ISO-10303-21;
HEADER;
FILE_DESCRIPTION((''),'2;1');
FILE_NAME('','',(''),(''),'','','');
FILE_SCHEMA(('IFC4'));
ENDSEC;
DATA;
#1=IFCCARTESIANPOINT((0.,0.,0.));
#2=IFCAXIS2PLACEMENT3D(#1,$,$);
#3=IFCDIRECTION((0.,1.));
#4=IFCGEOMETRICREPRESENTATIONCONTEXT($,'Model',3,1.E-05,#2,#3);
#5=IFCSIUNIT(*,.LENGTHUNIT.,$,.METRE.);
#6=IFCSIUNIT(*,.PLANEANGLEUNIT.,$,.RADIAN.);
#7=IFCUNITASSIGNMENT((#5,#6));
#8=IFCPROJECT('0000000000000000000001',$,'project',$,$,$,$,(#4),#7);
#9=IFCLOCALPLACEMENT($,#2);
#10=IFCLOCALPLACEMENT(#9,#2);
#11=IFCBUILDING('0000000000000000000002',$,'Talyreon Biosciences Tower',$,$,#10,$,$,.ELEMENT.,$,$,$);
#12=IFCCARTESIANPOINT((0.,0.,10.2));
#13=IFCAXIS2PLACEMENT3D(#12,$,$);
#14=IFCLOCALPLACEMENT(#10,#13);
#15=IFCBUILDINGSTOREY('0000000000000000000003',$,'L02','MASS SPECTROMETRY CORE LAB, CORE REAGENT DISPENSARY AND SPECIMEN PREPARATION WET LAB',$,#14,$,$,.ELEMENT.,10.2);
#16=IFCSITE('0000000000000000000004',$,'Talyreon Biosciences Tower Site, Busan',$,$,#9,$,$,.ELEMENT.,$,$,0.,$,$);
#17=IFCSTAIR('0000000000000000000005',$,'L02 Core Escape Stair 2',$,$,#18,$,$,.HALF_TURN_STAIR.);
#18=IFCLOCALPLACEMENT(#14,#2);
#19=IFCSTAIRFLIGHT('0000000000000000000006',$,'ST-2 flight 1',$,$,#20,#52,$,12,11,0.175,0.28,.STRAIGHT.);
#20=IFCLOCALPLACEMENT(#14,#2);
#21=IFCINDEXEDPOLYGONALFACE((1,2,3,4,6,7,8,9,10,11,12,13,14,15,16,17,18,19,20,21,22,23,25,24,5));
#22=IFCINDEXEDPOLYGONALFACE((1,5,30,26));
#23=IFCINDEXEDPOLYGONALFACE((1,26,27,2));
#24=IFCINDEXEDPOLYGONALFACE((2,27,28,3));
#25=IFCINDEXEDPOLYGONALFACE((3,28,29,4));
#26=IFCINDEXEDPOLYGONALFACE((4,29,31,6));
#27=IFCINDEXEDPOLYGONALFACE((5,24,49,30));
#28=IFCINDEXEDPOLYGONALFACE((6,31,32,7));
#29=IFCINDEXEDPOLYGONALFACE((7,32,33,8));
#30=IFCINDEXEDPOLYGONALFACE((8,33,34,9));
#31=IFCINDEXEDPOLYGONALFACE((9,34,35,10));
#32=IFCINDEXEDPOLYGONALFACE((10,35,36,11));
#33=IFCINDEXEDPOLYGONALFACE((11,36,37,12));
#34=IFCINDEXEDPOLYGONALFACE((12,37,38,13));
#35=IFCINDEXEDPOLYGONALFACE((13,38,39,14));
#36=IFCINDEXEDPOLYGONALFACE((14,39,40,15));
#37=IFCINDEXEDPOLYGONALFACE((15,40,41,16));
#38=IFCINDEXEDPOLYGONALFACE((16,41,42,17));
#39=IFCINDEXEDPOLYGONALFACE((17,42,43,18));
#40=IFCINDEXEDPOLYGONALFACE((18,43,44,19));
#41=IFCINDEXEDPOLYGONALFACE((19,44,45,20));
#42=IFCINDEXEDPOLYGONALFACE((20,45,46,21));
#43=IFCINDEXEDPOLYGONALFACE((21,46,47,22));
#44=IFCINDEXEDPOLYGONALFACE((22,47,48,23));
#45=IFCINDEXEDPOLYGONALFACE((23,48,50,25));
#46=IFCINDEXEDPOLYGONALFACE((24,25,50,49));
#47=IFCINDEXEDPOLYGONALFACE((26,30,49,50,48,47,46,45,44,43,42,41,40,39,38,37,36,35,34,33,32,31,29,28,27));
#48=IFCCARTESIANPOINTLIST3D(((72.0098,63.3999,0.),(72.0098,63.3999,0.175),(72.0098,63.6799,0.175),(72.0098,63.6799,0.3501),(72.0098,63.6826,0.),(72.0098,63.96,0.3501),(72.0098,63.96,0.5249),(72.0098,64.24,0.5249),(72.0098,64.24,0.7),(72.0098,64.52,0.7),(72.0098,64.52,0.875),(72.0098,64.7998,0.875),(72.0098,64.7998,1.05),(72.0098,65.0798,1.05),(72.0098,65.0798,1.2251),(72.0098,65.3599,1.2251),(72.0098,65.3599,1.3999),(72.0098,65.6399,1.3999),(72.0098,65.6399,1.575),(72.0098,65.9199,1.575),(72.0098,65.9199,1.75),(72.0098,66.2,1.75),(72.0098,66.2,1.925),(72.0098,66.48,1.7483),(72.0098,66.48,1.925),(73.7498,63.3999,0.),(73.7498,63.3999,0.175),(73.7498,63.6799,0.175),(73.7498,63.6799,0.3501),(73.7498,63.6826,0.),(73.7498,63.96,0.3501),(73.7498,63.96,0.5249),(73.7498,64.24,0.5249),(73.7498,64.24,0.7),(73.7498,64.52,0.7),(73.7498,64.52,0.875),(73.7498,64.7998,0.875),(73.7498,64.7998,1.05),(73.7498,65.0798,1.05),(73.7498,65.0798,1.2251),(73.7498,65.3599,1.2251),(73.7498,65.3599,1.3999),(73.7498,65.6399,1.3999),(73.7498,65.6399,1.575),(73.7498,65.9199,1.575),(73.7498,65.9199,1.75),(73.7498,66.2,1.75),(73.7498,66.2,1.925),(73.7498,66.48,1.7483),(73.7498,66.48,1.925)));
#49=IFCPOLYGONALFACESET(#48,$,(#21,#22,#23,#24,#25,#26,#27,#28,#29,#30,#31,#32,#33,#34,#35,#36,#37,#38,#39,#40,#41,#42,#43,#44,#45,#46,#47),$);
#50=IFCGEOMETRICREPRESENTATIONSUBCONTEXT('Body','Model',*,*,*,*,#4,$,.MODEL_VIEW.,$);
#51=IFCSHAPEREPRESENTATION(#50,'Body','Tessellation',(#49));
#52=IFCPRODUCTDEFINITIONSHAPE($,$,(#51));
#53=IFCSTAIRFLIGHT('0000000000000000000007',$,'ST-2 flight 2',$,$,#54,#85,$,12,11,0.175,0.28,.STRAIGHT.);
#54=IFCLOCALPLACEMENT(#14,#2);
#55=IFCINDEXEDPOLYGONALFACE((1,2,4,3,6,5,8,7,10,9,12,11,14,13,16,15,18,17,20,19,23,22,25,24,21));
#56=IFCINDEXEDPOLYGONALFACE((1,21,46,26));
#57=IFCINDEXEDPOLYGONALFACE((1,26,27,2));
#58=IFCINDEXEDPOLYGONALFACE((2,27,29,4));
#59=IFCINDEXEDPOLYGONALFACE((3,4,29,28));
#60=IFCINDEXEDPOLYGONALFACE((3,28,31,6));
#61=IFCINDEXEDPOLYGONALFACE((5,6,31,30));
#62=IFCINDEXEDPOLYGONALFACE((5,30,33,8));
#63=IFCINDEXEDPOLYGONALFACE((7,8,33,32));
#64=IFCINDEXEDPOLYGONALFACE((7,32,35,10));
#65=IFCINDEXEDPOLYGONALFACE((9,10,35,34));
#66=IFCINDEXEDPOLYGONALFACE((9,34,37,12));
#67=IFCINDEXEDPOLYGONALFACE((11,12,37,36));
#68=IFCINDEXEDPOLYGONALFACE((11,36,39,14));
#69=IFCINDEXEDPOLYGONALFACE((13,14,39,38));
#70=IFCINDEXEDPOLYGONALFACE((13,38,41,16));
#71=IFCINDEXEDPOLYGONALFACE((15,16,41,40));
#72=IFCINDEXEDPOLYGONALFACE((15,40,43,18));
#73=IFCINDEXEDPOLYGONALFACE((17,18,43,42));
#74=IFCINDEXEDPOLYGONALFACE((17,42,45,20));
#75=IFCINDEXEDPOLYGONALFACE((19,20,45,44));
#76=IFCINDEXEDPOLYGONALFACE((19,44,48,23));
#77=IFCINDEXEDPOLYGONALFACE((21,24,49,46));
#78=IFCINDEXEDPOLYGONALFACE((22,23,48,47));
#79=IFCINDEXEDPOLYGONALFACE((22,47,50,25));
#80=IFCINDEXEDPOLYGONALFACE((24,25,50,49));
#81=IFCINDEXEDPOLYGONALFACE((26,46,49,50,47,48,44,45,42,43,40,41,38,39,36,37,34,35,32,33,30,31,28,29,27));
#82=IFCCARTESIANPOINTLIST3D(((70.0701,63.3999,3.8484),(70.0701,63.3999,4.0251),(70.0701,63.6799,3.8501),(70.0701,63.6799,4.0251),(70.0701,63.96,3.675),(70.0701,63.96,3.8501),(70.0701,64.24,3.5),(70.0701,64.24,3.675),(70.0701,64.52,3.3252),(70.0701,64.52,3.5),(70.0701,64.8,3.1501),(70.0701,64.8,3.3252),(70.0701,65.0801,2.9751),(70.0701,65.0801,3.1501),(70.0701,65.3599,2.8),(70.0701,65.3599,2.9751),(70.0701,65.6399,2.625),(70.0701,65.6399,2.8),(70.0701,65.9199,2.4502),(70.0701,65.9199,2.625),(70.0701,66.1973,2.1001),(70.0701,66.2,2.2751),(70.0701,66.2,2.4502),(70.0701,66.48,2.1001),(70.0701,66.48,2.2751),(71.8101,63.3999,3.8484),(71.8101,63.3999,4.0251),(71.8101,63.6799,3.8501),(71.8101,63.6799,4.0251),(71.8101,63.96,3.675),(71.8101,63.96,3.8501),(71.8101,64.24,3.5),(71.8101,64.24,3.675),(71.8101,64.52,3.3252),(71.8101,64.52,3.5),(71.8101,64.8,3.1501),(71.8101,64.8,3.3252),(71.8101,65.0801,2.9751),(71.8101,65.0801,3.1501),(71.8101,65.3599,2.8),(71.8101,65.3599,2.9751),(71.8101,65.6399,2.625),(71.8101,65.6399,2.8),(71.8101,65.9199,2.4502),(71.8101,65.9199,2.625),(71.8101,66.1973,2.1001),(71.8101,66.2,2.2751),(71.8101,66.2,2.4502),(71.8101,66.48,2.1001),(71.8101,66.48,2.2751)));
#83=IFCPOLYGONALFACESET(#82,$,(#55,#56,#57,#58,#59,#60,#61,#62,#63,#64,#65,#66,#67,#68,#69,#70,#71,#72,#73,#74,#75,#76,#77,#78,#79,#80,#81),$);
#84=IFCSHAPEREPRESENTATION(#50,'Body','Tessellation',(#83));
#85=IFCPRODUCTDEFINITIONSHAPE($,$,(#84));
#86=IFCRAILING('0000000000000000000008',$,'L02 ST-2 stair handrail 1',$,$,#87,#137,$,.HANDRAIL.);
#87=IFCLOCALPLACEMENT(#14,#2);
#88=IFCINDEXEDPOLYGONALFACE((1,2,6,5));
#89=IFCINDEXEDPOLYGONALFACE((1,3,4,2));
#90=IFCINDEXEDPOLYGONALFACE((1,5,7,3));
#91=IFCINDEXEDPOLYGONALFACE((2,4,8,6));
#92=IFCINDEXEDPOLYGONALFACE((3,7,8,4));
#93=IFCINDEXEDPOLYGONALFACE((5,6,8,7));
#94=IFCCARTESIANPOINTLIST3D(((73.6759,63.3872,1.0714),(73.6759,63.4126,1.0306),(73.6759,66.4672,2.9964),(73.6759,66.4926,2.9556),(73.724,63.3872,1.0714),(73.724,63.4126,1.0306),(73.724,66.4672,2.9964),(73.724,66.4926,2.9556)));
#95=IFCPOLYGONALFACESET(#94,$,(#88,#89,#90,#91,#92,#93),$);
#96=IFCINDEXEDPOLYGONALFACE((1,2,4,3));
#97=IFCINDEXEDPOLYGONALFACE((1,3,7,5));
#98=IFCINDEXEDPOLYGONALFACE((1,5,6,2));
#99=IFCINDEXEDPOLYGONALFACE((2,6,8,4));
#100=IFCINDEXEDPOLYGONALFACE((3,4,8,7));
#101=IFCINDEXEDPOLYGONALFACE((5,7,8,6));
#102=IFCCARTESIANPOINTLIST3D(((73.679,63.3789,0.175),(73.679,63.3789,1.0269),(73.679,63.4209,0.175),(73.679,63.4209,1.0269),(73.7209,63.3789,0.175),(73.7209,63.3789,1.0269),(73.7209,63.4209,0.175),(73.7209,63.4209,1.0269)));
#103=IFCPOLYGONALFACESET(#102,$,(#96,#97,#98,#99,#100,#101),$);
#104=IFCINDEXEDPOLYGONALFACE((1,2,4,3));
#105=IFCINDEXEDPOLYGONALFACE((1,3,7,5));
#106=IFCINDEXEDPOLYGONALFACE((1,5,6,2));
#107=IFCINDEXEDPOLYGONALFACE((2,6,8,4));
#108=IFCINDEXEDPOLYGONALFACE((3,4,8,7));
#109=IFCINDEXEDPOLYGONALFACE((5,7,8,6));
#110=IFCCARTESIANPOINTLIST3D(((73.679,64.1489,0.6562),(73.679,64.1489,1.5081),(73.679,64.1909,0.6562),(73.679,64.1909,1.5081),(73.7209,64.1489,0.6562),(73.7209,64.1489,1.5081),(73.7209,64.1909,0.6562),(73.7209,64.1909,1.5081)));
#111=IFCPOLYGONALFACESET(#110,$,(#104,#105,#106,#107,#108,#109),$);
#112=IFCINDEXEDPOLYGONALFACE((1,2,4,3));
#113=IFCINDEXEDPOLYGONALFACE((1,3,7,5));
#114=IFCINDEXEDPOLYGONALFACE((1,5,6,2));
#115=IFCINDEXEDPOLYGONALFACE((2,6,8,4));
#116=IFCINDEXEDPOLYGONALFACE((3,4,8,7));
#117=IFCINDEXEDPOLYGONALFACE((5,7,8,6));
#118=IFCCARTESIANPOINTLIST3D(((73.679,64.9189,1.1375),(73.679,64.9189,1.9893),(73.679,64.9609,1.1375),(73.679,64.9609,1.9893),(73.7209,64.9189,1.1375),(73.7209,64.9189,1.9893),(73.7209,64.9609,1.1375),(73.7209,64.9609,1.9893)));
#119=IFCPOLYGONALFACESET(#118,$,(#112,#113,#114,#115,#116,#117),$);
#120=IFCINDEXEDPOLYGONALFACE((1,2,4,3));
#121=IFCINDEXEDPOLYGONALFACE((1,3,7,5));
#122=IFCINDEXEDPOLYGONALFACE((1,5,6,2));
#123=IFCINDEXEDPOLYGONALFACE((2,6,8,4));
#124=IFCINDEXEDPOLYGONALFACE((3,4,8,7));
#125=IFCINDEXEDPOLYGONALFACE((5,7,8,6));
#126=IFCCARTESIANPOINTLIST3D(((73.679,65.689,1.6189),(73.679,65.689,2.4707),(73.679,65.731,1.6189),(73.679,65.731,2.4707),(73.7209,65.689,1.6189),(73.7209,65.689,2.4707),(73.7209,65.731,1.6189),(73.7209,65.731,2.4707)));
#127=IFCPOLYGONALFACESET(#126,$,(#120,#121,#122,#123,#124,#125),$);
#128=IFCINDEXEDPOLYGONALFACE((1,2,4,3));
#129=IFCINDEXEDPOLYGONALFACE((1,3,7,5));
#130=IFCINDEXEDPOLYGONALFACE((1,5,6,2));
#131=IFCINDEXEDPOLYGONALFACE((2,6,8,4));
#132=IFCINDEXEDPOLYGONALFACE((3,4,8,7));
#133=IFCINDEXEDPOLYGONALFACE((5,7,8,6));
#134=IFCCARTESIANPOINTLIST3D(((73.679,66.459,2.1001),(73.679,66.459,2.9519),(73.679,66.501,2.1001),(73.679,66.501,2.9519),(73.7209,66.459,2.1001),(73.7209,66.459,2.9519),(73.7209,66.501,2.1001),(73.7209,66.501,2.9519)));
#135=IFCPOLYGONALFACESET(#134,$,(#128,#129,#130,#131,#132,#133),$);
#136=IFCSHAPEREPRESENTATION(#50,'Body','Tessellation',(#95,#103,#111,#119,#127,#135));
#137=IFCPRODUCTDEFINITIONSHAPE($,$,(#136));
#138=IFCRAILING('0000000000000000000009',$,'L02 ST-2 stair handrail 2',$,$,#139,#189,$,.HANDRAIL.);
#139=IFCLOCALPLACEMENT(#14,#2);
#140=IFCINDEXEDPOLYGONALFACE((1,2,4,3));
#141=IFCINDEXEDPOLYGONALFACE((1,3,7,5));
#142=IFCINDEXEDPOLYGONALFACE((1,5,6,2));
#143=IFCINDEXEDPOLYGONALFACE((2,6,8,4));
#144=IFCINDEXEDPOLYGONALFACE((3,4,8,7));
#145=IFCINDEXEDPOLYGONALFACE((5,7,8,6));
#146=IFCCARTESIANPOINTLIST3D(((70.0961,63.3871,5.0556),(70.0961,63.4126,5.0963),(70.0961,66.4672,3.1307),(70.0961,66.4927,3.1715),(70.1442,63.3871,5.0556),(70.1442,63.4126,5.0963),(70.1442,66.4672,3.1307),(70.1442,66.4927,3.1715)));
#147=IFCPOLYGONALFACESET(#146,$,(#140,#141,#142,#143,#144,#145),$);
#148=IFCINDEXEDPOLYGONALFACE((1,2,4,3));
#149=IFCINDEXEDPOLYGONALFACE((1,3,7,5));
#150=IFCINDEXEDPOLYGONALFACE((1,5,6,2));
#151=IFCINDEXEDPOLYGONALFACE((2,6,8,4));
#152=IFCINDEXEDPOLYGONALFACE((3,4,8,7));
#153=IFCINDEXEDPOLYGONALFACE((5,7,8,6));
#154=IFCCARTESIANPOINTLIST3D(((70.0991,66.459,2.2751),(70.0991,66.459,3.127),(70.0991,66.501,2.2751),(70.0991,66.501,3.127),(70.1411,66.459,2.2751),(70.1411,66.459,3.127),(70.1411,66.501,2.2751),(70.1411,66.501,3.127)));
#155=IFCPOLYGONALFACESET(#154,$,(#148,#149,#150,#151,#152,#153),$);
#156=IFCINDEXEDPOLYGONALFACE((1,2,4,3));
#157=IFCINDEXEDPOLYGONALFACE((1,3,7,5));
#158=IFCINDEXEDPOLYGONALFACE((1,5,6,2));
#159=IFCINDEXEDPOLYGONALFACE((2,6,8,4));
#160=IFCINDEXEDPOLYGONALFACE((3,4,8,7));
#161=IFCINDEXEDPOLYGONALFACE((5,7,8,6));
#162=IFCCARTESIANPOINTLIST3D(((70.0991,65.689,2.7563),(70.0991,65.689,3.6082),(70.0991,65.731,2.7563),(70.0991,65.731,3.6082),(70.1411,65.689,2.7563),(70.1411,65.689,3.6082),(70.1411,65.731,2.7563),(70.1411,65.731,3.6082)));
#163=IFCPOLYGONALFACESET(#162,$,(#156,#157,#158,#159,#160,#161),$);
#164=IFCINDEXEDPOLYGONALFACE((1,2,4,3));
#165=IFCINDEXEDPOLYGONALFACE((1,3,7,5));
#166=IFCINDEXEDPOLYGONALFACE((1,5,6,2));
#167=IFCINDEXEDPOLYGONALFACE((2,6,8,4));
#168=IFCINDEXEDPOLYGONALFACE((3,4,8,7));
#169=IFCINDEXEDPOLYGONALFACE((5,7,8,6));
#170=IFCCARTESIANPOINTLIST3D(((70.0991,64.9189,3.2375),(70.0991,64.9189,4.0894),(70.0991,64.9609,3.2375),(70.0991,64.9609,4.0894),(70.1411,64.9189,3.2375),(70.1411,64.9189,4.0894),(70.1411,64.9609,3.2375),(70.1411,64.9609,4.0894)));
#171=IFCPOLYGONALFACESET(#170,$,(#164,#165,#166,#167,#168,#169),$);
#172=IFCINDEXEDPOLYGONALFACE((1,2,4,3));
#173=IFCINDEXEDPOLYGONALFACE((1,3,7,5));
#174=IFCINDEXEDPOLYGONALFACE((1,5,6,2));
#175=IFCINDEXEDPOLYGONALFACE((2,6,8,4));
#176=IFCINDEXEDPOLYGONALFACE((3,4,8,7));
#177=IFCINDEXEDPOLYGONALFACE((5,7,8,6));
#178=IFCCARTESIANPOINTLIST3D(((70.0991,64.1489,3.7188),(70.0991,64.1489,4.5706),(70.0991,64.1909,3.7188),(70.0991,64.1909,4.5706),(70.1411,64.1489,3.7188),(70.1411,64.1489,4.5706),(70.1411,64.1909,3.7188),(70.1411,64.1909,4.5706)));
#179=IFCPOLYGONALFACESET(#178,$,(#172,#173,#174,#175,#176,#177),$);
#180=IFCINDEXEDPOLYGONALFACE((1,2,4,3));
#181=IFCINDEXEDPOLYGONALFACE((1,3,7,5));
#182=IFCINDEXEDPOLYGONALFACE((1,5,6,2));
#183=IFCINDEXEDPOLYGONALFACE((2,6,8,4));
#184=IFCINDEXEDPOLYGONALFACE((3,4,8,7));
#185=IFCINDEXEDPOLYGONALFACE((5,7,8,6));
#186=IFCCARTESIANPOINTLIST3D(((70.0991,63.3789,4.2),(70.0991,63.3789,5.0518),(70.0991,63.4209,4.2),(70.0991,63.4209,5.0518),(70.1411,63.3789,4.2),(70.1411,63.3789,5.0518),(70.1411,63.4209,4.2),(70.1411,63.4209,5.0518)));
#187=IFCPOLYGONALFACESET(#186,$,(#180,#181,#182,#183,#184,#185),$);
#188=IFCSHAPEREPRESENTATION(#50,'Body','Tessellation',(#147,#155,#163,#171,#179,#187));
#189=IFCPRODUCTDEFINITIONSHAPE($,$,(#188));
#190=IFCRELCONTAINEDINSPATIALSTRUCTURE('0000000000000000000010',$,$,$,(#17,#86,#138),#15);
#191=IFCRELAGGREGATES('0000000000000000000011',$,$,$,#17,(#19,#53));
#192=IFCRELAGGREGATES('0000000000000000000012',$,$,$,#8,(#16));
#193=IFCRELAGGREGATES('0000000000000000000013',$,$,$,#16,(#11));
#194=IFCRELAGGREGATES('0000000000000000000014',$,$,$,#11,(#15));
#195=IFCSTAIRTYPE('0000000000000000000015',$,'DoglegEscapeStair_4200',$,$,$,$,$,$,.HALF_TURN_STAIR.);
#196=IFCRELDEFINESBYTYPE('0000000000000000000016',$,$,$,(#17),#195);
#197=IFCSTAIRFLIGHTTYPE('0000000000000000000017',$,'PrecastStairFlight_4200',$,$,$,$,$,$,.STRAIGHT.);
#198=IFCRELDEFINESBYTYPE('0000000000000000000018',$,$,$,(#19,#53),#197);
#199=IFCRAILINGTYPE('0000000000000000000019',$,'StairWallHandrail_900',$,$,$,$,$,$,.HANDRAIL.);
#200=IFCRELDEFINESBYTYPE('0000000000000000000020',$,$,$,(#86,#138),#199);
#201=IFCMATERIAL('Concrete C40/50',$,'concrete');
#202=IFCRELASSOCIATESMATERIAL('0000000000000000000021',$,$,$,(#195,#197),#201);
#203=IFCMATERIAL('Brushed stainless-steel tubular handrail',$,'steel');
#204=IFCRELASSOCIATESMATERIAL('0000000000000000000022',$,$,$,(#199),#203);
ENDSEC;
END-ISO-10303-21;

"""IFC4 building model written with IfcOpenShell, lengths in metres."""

from ifc_helpers import new_model, si_unit, direction, frame, origin, origin_2d, place, context, subcontext, project, spatial, polyline, rectangle, outline, extrude, material, type_object, element, aggregate, save


model = new_model("IFC4")

# Units and contexts
model_context = context("Model", 3, precision=1e-05, world=origin(), true_north=direction((0.0, 1.0)))
body_context = subcontext(model_context, "Body", "Model", "MODEL_VIEW")
ifc_project = project(units=[si_unit("LENGTHUNIT", "METRE"), si_unit("PLANEANGLEUNIT", "RADIAN")], contexts=[model_context])

# Site, building, storey
site_placement = place(None, origin())
site = spatial("IfcSite", under=ifc_project, at=site_placement, Name="Talyreon Biosciences Tower Site, Busan", CompositionType="ELEMENT", RefElevation=0.0)
building_placement = place(site_placement, origin())
building = spatial("IfcBuilding", under=site, at=building_placement, Name="Talyreon Biosciences Tower", CompositionType="ELEMENT")
storey_placement = place(building_placement, frame((0.0, 0.0, 10.2)))
storey = spatial("IfcBuildingStorey", under=building, at=storey_placement, Name="L02", Description="MASS SPECTROMETRY CORE LAB, CORE REAGENT DISPENSARY AND SPECIMEN PREPARATION WET LAB", CompositionType="ELEMENT", Elevation=10.2)

# Stair, stair flights
ifc_material_1 = material(Name="Concrete C40/50", Category="concrete")
stair_type = type_object("IfcStairType", Name="DoglegEscapeStair_4200", PredefinedType="HALF_TURN_STAIR", material=ifc_material_1)
stair_placement = place(storey_placement, origin())
stair = element("IfcStair", 1, at=stair_placement, inside=storey, type_object=stair_type, Name="L02 Core Escape Stair 2", PredefinedType="HALF_TURN_STAIR")
stair_flight_type = type_object("IfcStairFlightType", Name="PrecastStairFlight_4200", PredefinedType="STRAIGHT", material=ifc_material_1)
stair_flight_1_placement = place(storey_placement, frame((72.8799, 63.3999, 0.0), z_axis=(0.0, 0.0, 1.0), x_axis=(0.0, 1.0, 0.0)))
stair_flight_1 = element("IfcStairFlight", 2, at=stair_flight_1_placement, type_object=stair_flight_type, Name="ST-2 flight 1", NumberOfRisers=12, NumberOfTreads=11, PredefinedType="STRAIGHT", RiserHeight=0.175, TreadLength=0.28, context=body_context, shape_type="SweptSolid", body=[
    extrude(outline(polyline([(0.0, 0.0), (0.0, 0.175), (0.28, 0.175), (0.28, 0.3501), (0.5601, 0.3501), (0.5601, 0.5249), (0.8401, 0.5249), (0.8401, 0.7), (1.1201, 0.7), (1.1201, 0.875), (1.3999, 0.875), (1.3999, 1.05), (1.6799, 1.05), (1.6799, 1.2251), (1.96, 1.2251), (1.96, 1.3999), (2.24, 1.3999), (2.24, 1.575), (2.52, 1.575), (2.52, 1.75), (2.8, 1.75), (2.8, 1.925), (3.0801, 1.925), (3.0801, 2.1001), (3.0801, 1.7483), (0.2827, 0.0), (0.0, 0.0)])), frame((0.0, 0.8701, 0.0), z_axis=(0.0, -1.0, 0.0), x_axis=(1.0, 0.0, 0.0)), (0.0, 0.0, 1.0), 1.74),
])
stair_flight_2_placement = place(storey_placement, frame((70.9399, 66.48, 2.1001), z_axis=(0.0, 0.0, 1.0), x_axis=(0.0, -1.0, 0.0)))
stair_flight_2 = element("IfcStairFlight", 3, at=stair_flight_2_placement, type_object=stair_flight_type, Name="ST-2 flight 2", NumberOfRisers=12, NumberOfTreads=11, PredefinedType="STRAIGHT", RiserHeight=0.175, TreadLength=0.28, context=body_context, shape_type="SweptSolid", body=[
    extrude(outline(polyline([(0.0, 0.0), (0.0, 0.175), (0.28, 0.175), (0.28, 0.3501), (0.5601, 0.3501), (0.5601, 0.5249), (0.8401, 0.5249), (0.8401, 0.7), (1.1201, 0.7), (1.1201, 0.875), (1.3999, 0.875), (1.3999, 1.05), (1.6799, 1.05), (1.6799, 1.2251), (1.96, 1.2251), (1.96, 1.3999), (2.24, 1.3999), (2.24, 1.575), (2.52, 1.575), (2.52, 1.75), (2.8, 1.75), (2.8, 1.925), (3.0801, 1.925), (3.0801, 2.1001), (3.0801, 1.7483), (0.2827, 0.0), (0.0, 0.0)])), frame((0.0, 0.8701, 0.0), z_axis=(0.0, -1.0, 0.0), x_axis=(1.0, 0.0, 0.0)), (0.0, 0.0, 1.0), 1.74),
])
aggregate(stair, [stair_flight_1, stair_flight_2])

# Railings
ifc_material_2 = material(Name="Brushed stainless-steel tubular handrail", Category="steel")
railing_type_1 = type_object("IfcRailingType", Name="StairWallHandrail_900", PredefinedType="HANDRAIL", material=ifc_material_2)
railing_1_placement = place(storey_placement, frame((73.7, 63.3999, 0.175)))
element("IfcRailing", 4, at=railing_1_placement, inside=storey, type_object=railing_type_1, Name="L02 ST-2 stair handrail 1", PredefinedType="HANDRAIL", context=body_context, shape_type="SweptSolid", body=[
    extrude(rectangle(XDim=0.0481, YDim=0.0481, at=origin_2d()), frame((0.0, 0.0, 0.876), z_axis=(0.0, 0.847998, 0.529999), x_axis=(-1.0, 0.0, 0.0)), (0.0, 0.0, 1.0), 3.6321),
    extrude(rectangle(XDim=0.042, YDim=0.042, at=origin_2d()), origin(), (0.0, 0.0, 1.0), 0.8518),
    extrude(rectangle(XDim=0.042, YDim=0.042, at=origin_2d()), frame((0.0, 0.77, 0.4812)), (0.0, 0.0, 1.0), 0.8518),
    extrude(rectangle(XDim=0.042, YDim=0.042, at=origin_2d()), frame((0.0, 1.54, 0.9624)), (0.0, 0.0, 1.0), 0.8518),
    extrude(rectangle(XDim=0.042, YDim=0.042, at=origin_2d()), frame((0.0, 2.3101, 1.4438)), (0.0, 0.0, 1.0), 0.8518),
    extrude(rectangle(XDim=0.042, YDim=0.042, at=origin_2d()), frame((0.0, 3.0801, 1.925)), (0.0, 0.0, 1.0), 0.8518),
])
railing_2_placement = place(storey_placement, frame((70.1201, 66.48, 2.2751)))
element("IfcRailing", 5, at=railing_2_placement, inside=storey, type_object=railing_type_1, Name="L02 ST-2 stair handrail 2", PredefinedType="HANDRAIL", context=body_context, shape_type="SweptSolid", body=[
    extrude(rectangle(XDim=0.0481, YDim=0.0481, at=origin_2d()), frame((0.0, 0.0, 0.876), z_axis=(0.0, -0.848029, 0.529951), x_axis=(1.0, 0.0, 0.0)), (0.0, 0.0, 1.0), 3.6321),
    extrude(rectangle(XDim=0.042, YDim=0.042, at=origin_2d()), origin(), (0.0, 0.0, 1.0), 0.8518),
    extrude(rectangle(XDim=0.042, YDim=0.042, at=origin_2d()), frame((0.0, -0.77, 0.4812)), (0.0, 0.0, 1.0), 0.8518),
    extrude(rectangle(XDim=0.042, YDim=0.042, at=origin_2d()), frame((0.0, -1.54, 0.9624)), (0.0, 0.0, 1.0), 0.8518),
    extrude(rectangle(XDim=0.042, YDim=0.042, at=origin_2d()), frame((0.0, -2.3101, 1.4436)), (0.0, 0.0, 1.0), 0.8518),
    extrude(rectangle(XDim=0.042, YDim=0.042, at=origin_2d()), frame((0.0, -3.0801, 1.9248)), (0.0, 0.0, 1.0), 0.8518),
])

save(model, "model.ifc")
